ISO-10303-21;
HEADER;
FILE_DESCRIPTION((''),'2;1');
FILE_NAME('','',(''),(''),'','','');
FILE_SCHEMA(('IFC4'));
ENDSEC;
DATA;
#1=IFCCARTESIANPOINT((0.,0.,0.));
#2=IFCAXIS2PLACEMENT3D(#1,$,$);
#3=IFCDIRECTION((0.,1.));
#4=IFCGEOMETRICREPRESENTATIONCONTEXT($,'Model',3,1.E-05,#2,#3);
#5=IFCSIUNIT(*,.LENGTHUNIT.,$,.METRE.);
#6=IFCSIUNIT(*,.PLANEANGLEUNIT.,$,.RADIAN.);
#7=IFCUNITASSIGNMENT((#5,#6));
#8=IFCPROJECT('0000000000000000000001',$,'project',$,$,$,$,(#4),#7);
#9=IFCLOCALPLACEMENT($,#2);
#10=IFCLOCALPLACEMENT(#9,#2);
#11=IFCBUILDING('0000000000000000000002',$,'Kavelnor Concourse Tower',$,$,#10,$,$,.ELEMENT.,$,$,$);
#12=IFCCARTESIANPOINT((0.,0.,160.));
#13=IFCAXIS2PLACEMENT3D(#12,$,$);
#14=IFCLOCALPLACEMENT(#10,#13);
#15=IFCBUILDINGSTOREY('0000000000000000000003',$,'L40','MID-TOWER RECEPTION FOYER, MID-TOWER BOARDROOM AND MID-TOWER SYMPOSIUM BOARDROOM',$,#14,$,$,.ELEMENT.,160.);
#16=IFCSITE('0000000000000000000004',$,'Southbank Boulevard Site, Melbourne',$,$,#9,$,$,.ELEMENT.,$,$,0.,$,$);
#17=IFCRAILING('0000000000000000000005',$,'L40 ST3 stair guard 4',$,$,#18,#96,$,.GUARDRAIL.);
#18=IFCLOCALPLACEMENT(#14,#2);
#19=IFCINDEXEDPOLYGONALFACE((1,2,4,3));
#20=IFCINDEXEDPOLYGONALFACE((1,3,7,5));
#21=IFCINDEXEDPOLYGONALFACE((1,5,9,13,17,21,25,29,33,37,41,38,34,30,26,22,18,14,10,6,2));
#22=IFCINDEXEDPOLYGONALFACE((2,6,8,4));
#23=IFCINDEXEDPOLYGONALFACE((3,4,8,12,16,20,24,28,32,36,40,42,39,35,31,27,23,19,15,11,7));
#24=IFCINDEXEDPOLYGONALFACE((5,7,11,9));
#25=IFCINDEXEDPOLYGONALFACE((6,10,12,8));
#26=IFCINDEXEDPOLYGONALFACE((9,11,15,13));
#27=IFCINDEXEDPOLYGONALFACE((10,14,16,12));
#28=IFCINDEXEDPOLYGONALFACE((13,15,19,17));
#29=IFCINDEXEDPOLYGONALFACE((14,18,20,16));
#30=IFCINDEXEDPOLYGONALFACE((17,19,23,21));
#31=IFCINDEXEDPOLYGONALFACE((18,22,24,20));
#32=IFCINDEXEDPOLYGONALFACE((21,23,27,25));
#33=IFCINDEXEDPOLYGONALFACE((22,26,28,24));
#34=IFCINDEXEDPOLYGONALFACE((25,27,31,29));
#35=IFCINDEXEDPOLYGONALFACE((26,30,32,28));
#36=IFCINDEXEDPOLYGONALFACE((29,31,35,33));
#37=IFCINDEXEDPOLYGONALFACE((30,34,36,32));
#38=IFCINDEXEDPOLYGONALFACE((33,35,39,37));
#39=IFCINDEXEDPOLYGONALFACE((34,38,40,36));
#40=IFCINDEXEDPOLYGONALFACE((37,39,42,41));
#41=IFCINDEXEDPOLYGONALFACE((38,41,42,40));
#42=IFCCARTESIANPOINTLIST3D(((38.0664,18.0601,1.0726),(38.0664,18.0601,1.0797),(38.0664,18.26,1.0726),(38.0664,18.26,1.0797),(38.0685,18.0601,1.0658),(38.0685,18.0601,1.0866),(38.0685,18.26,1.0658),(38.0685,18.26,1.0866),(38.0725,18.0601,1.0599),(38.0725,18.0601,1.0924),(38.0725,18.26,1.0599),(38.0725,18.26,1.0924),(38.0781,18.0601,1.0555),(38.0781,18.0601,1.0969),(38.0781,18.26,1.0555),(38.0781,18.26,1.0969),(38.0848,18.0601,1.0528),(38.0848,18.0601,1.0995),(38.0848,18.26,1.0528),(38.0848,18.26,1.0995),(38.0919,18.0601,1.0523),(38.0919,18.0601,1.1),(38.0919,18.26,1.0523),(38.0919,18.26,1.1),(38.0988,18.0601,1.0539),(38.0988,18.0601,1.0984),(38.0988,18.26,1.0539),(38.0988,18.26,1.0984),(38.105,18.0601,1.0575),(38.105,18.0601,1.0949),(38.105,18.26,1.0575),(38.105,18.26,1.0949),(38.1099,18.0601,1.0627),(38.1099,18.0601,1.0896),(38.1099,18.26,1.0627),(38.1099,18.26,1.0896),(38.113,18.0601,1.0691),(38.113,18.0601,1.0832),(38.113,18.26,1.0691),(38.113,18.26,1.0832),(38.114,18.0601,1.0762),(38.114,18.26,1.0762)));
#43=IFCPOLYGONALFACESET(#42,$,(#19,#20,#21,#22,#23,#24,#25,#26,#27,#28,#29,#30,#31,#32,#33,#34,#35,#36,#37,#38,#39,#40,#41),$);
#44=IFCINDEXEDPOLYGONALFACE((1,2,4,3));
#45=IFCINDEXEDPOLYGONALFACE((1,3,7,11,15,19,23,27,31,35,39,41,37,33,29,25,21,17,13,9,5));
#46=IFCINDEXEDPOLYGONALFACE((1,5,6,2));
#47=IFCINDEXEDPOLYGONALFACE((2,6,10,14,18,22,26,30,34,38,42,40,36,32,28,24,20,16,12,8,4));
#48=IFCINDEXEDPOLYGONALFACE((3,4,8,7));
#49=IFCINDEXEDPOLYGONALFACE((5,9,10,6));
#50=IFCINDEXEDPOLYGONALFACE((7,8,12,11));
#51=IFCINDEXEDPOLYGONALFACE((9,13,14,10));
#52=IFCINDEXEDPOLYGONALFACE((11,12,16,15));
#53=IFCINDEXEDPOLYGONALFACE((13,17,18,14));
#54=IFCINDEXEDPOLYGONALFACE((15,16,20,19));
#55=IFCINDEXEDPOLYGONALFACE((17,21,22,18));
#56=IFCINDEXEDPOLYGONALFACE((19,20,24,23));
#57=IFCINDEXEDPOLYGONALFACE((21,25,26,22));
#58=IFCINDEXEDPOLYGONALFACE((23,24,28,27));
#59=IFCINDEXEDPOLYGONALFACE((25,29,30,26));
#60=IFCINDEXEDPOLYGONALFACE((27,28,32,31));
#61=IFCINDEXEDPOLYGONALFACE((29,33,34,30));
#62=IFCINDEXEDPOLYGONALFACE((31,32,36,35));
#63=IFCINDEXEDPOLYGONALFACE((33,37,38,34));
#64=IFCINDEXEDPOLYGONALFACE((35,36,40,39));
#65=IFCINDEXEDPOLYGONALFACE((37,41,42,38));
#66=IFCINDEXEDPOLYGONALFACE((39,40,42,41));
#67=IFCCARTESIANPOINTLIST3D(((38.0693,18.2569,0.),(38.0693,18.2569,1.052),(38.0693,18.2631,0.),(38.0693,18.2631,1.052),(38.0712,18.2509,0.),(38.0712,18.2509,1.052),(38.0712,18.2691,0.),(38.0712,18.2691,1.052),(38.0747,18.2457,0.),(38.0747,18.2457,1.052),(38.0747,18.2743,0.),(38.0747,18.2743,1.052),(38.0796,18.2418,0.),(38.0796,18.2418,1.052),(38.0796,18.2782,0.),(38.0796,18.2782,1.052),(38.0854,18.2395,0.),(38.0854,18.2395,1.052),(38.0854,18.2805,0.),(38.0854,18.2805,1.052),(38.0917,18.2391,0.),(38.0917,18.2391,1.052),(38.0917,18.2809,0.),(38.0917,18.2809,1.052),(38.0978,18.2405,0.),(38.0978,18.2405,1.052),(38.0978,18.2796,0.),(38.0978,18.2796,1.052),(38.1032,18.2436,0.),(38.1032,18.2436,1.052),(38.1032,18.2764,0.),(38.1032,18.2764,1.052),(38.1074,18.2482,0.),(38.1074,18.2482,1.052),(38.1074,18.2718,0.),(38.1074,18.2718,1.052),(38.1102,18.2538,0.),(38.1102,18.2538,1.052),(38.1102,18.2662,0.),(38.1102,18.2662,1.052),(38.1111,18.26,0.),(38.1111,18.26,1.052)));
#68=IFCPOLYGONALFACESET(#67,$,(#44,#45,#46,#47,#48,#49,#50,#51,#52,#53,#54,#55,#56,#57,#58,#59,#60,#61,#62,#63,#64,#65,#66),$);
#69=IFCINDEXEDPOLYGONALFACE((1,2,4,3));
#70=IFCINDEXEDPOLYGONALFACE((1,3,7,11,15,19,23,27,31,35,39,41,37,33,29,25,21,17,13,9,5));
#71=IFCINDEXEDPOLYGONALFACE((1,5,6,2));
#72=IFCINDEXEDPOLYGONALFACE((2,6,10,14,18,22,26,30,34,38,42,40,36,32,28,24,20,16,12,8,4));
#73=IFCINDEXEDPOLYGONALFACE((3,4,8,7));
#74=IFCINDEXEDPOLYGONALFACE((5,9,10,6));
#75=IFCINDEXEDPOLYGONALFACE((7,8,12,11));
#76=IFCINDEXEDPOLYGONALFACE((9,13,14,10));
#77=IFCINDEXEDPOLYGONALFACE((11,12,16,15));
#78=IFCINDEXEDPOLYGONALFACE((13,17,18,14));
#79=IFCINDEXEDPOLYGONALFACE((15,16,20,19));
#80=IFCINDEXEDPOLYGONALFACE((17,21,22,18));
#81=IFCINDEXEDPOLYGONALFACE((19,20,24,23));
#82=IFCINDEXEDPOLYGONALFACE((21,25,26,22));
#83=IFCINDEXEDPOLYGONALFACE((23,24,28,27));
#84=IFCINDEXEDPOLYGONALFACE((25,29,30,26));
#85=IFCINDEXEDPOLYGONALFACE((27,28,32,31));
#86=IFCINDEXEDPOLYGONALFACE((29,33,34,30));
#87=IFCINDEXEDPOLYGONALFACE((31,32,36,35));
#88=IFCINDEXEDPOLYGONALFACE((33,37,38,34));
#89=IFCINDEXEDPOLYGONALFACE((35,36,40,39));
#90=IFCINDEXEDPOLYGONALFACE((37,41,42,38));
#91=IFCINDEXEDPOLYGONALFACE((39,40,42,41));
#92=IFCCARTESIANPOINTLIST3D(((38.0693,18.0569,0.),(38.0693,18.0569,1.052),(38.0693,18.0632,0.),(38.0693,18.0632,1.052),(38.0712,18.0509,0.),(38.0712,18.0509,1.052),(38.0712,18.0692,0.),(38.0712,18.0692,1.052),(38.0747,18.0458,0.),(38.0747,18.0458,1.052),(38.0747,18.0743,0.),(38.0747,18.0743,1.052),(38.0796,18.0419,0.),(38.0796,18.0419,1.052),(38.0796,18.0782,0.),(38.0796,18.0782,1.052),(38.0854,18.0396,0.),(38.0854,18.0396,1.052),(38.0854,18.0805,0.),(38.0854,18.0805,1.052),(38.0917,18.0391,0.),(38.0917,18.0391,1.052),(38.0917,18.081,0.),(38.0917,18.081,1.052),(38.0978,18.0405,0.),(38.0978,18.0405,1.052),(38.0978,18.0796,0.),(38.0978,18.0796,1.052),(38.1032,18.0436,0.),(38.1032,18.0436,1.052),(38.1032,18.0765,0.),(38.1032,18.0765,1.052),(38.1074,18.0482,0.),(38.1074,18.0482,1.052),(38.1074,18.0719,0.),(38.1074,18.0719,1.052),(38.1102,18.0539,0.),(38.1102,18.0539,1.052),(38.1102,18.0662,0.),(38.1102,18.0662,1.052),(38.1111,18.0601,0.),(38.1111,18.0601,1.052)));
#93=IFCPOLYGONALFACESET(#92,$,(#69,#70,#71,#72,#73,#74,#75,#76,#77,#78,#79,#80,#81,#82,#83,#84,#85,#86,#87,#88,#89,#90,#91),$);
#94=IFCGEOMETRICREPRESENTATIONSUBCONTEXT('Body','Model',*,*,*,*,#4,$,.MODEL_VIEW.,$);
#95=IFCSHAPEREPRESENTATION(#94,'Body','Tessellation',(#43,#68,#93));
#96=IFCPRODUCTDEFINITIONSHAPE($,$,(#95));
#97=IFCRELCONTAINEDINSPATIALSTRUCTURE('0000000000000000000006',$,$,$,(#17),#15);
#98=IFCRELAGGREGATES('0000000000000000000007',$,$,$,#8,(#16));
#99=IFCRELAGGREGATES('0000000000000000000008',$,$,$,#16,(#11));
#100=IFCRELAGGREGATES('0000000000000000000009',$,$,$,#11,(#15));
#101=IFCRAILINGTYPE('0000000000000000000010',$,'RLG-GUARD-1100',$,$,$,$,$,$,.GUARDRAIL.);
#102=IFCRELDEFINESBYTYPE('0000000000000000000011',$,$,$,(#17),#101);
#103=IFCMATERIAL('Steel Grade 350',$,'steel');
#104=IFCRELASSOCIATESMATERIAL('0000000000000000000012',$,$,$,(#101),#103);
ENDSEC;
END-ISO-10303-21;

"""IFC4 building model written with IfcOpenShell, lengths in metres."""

from ifc_helpers import new_model, si_unit, direction, frame, origin, origin_2d, place, context, subcontext, project, spatial, circle, extrude, material, type_object, element, save


model = new_model("IFC4")

# Units and contexts
model_context = context("Model", 3, precision=1e-05, world=origin(), true_north=direction((0.0, 1.0)))
body_context = subcontext(model_context, "Body", "Model", "MODEL_VIEW")
ifc_project = project(units=[si_unit("LENGTHUNIT", "METRE"), si_unit("PLANEANGLEUNIT", "RADIAN")], contexts=[model_context])

# Site, building, storey
site_placement = place(None, origin())
site = spatial("IfcSite", under=ifc_project, at=site_placement, Name="Southbank Boulevard Site, Melbourne", CompositionType="ELEMENT", RefElevation=0.0)
building_placement = place(site_placement, origin())
building = spatial("IfcBuilding", under=site, at=building_placement, Name="Kavelnor Concourse Tower", CompositionType="ELEMENT")
storey_placement = place(building_placement, frame((0.0, 0.0, 160.0)))
storey = spatial("IfcBuildingStorey", under=building, at=storey_placement, Name="L40", Description="MID-TOWER RECEPTION FOYER, MID-TOWER BOARDROOM AND MID-TOWER SYMPOSIUM BOARDROOM", CompositionType="ELEMENT", Elevation=160.0)

# Shared definitions
ifc_material_1 = material(Name="Steel Grade 350", Category="steel")

# Railing
railing_type_1 = type_object("IfcRailingType", Name="RLG-GUARD-1100", PredefinedType="GUARDRAIL", material=ifc_material_1)
railing_1_placement = place(storey_placement, frame((38.0901, 18.26, 0.0)))
element("IfcRailing", 1, at=railing_1_placement, inside=storey, type_object=railing_type_1, Name="L40 ST3 stair guard 4", PredefinedType="GUARDRAIL", context=body_context, shape_type="SweptSolid", body=[
    extrude(circle(Radius=0.0239, at=origin_2d()), frame((0.0, 0.0, 1.0762), z_axis=(0.0, -1.0, 0.0), x_axis=(1.0, 0.0, 0.0)), (0.0, 0.0, 1.0), 0.2),
    extrude(circle(Radius=0.021, at=origin_2d()), origin(), (0.0, 0.0, 1.0), 1.052),
    extrude(circle(Radius=0.021, at=origin_2d()), frame((0.0, -0.2, 0.0)), (0.0, 0.0, 1.0), 1.052),
])

save(model, "model.ifc")
